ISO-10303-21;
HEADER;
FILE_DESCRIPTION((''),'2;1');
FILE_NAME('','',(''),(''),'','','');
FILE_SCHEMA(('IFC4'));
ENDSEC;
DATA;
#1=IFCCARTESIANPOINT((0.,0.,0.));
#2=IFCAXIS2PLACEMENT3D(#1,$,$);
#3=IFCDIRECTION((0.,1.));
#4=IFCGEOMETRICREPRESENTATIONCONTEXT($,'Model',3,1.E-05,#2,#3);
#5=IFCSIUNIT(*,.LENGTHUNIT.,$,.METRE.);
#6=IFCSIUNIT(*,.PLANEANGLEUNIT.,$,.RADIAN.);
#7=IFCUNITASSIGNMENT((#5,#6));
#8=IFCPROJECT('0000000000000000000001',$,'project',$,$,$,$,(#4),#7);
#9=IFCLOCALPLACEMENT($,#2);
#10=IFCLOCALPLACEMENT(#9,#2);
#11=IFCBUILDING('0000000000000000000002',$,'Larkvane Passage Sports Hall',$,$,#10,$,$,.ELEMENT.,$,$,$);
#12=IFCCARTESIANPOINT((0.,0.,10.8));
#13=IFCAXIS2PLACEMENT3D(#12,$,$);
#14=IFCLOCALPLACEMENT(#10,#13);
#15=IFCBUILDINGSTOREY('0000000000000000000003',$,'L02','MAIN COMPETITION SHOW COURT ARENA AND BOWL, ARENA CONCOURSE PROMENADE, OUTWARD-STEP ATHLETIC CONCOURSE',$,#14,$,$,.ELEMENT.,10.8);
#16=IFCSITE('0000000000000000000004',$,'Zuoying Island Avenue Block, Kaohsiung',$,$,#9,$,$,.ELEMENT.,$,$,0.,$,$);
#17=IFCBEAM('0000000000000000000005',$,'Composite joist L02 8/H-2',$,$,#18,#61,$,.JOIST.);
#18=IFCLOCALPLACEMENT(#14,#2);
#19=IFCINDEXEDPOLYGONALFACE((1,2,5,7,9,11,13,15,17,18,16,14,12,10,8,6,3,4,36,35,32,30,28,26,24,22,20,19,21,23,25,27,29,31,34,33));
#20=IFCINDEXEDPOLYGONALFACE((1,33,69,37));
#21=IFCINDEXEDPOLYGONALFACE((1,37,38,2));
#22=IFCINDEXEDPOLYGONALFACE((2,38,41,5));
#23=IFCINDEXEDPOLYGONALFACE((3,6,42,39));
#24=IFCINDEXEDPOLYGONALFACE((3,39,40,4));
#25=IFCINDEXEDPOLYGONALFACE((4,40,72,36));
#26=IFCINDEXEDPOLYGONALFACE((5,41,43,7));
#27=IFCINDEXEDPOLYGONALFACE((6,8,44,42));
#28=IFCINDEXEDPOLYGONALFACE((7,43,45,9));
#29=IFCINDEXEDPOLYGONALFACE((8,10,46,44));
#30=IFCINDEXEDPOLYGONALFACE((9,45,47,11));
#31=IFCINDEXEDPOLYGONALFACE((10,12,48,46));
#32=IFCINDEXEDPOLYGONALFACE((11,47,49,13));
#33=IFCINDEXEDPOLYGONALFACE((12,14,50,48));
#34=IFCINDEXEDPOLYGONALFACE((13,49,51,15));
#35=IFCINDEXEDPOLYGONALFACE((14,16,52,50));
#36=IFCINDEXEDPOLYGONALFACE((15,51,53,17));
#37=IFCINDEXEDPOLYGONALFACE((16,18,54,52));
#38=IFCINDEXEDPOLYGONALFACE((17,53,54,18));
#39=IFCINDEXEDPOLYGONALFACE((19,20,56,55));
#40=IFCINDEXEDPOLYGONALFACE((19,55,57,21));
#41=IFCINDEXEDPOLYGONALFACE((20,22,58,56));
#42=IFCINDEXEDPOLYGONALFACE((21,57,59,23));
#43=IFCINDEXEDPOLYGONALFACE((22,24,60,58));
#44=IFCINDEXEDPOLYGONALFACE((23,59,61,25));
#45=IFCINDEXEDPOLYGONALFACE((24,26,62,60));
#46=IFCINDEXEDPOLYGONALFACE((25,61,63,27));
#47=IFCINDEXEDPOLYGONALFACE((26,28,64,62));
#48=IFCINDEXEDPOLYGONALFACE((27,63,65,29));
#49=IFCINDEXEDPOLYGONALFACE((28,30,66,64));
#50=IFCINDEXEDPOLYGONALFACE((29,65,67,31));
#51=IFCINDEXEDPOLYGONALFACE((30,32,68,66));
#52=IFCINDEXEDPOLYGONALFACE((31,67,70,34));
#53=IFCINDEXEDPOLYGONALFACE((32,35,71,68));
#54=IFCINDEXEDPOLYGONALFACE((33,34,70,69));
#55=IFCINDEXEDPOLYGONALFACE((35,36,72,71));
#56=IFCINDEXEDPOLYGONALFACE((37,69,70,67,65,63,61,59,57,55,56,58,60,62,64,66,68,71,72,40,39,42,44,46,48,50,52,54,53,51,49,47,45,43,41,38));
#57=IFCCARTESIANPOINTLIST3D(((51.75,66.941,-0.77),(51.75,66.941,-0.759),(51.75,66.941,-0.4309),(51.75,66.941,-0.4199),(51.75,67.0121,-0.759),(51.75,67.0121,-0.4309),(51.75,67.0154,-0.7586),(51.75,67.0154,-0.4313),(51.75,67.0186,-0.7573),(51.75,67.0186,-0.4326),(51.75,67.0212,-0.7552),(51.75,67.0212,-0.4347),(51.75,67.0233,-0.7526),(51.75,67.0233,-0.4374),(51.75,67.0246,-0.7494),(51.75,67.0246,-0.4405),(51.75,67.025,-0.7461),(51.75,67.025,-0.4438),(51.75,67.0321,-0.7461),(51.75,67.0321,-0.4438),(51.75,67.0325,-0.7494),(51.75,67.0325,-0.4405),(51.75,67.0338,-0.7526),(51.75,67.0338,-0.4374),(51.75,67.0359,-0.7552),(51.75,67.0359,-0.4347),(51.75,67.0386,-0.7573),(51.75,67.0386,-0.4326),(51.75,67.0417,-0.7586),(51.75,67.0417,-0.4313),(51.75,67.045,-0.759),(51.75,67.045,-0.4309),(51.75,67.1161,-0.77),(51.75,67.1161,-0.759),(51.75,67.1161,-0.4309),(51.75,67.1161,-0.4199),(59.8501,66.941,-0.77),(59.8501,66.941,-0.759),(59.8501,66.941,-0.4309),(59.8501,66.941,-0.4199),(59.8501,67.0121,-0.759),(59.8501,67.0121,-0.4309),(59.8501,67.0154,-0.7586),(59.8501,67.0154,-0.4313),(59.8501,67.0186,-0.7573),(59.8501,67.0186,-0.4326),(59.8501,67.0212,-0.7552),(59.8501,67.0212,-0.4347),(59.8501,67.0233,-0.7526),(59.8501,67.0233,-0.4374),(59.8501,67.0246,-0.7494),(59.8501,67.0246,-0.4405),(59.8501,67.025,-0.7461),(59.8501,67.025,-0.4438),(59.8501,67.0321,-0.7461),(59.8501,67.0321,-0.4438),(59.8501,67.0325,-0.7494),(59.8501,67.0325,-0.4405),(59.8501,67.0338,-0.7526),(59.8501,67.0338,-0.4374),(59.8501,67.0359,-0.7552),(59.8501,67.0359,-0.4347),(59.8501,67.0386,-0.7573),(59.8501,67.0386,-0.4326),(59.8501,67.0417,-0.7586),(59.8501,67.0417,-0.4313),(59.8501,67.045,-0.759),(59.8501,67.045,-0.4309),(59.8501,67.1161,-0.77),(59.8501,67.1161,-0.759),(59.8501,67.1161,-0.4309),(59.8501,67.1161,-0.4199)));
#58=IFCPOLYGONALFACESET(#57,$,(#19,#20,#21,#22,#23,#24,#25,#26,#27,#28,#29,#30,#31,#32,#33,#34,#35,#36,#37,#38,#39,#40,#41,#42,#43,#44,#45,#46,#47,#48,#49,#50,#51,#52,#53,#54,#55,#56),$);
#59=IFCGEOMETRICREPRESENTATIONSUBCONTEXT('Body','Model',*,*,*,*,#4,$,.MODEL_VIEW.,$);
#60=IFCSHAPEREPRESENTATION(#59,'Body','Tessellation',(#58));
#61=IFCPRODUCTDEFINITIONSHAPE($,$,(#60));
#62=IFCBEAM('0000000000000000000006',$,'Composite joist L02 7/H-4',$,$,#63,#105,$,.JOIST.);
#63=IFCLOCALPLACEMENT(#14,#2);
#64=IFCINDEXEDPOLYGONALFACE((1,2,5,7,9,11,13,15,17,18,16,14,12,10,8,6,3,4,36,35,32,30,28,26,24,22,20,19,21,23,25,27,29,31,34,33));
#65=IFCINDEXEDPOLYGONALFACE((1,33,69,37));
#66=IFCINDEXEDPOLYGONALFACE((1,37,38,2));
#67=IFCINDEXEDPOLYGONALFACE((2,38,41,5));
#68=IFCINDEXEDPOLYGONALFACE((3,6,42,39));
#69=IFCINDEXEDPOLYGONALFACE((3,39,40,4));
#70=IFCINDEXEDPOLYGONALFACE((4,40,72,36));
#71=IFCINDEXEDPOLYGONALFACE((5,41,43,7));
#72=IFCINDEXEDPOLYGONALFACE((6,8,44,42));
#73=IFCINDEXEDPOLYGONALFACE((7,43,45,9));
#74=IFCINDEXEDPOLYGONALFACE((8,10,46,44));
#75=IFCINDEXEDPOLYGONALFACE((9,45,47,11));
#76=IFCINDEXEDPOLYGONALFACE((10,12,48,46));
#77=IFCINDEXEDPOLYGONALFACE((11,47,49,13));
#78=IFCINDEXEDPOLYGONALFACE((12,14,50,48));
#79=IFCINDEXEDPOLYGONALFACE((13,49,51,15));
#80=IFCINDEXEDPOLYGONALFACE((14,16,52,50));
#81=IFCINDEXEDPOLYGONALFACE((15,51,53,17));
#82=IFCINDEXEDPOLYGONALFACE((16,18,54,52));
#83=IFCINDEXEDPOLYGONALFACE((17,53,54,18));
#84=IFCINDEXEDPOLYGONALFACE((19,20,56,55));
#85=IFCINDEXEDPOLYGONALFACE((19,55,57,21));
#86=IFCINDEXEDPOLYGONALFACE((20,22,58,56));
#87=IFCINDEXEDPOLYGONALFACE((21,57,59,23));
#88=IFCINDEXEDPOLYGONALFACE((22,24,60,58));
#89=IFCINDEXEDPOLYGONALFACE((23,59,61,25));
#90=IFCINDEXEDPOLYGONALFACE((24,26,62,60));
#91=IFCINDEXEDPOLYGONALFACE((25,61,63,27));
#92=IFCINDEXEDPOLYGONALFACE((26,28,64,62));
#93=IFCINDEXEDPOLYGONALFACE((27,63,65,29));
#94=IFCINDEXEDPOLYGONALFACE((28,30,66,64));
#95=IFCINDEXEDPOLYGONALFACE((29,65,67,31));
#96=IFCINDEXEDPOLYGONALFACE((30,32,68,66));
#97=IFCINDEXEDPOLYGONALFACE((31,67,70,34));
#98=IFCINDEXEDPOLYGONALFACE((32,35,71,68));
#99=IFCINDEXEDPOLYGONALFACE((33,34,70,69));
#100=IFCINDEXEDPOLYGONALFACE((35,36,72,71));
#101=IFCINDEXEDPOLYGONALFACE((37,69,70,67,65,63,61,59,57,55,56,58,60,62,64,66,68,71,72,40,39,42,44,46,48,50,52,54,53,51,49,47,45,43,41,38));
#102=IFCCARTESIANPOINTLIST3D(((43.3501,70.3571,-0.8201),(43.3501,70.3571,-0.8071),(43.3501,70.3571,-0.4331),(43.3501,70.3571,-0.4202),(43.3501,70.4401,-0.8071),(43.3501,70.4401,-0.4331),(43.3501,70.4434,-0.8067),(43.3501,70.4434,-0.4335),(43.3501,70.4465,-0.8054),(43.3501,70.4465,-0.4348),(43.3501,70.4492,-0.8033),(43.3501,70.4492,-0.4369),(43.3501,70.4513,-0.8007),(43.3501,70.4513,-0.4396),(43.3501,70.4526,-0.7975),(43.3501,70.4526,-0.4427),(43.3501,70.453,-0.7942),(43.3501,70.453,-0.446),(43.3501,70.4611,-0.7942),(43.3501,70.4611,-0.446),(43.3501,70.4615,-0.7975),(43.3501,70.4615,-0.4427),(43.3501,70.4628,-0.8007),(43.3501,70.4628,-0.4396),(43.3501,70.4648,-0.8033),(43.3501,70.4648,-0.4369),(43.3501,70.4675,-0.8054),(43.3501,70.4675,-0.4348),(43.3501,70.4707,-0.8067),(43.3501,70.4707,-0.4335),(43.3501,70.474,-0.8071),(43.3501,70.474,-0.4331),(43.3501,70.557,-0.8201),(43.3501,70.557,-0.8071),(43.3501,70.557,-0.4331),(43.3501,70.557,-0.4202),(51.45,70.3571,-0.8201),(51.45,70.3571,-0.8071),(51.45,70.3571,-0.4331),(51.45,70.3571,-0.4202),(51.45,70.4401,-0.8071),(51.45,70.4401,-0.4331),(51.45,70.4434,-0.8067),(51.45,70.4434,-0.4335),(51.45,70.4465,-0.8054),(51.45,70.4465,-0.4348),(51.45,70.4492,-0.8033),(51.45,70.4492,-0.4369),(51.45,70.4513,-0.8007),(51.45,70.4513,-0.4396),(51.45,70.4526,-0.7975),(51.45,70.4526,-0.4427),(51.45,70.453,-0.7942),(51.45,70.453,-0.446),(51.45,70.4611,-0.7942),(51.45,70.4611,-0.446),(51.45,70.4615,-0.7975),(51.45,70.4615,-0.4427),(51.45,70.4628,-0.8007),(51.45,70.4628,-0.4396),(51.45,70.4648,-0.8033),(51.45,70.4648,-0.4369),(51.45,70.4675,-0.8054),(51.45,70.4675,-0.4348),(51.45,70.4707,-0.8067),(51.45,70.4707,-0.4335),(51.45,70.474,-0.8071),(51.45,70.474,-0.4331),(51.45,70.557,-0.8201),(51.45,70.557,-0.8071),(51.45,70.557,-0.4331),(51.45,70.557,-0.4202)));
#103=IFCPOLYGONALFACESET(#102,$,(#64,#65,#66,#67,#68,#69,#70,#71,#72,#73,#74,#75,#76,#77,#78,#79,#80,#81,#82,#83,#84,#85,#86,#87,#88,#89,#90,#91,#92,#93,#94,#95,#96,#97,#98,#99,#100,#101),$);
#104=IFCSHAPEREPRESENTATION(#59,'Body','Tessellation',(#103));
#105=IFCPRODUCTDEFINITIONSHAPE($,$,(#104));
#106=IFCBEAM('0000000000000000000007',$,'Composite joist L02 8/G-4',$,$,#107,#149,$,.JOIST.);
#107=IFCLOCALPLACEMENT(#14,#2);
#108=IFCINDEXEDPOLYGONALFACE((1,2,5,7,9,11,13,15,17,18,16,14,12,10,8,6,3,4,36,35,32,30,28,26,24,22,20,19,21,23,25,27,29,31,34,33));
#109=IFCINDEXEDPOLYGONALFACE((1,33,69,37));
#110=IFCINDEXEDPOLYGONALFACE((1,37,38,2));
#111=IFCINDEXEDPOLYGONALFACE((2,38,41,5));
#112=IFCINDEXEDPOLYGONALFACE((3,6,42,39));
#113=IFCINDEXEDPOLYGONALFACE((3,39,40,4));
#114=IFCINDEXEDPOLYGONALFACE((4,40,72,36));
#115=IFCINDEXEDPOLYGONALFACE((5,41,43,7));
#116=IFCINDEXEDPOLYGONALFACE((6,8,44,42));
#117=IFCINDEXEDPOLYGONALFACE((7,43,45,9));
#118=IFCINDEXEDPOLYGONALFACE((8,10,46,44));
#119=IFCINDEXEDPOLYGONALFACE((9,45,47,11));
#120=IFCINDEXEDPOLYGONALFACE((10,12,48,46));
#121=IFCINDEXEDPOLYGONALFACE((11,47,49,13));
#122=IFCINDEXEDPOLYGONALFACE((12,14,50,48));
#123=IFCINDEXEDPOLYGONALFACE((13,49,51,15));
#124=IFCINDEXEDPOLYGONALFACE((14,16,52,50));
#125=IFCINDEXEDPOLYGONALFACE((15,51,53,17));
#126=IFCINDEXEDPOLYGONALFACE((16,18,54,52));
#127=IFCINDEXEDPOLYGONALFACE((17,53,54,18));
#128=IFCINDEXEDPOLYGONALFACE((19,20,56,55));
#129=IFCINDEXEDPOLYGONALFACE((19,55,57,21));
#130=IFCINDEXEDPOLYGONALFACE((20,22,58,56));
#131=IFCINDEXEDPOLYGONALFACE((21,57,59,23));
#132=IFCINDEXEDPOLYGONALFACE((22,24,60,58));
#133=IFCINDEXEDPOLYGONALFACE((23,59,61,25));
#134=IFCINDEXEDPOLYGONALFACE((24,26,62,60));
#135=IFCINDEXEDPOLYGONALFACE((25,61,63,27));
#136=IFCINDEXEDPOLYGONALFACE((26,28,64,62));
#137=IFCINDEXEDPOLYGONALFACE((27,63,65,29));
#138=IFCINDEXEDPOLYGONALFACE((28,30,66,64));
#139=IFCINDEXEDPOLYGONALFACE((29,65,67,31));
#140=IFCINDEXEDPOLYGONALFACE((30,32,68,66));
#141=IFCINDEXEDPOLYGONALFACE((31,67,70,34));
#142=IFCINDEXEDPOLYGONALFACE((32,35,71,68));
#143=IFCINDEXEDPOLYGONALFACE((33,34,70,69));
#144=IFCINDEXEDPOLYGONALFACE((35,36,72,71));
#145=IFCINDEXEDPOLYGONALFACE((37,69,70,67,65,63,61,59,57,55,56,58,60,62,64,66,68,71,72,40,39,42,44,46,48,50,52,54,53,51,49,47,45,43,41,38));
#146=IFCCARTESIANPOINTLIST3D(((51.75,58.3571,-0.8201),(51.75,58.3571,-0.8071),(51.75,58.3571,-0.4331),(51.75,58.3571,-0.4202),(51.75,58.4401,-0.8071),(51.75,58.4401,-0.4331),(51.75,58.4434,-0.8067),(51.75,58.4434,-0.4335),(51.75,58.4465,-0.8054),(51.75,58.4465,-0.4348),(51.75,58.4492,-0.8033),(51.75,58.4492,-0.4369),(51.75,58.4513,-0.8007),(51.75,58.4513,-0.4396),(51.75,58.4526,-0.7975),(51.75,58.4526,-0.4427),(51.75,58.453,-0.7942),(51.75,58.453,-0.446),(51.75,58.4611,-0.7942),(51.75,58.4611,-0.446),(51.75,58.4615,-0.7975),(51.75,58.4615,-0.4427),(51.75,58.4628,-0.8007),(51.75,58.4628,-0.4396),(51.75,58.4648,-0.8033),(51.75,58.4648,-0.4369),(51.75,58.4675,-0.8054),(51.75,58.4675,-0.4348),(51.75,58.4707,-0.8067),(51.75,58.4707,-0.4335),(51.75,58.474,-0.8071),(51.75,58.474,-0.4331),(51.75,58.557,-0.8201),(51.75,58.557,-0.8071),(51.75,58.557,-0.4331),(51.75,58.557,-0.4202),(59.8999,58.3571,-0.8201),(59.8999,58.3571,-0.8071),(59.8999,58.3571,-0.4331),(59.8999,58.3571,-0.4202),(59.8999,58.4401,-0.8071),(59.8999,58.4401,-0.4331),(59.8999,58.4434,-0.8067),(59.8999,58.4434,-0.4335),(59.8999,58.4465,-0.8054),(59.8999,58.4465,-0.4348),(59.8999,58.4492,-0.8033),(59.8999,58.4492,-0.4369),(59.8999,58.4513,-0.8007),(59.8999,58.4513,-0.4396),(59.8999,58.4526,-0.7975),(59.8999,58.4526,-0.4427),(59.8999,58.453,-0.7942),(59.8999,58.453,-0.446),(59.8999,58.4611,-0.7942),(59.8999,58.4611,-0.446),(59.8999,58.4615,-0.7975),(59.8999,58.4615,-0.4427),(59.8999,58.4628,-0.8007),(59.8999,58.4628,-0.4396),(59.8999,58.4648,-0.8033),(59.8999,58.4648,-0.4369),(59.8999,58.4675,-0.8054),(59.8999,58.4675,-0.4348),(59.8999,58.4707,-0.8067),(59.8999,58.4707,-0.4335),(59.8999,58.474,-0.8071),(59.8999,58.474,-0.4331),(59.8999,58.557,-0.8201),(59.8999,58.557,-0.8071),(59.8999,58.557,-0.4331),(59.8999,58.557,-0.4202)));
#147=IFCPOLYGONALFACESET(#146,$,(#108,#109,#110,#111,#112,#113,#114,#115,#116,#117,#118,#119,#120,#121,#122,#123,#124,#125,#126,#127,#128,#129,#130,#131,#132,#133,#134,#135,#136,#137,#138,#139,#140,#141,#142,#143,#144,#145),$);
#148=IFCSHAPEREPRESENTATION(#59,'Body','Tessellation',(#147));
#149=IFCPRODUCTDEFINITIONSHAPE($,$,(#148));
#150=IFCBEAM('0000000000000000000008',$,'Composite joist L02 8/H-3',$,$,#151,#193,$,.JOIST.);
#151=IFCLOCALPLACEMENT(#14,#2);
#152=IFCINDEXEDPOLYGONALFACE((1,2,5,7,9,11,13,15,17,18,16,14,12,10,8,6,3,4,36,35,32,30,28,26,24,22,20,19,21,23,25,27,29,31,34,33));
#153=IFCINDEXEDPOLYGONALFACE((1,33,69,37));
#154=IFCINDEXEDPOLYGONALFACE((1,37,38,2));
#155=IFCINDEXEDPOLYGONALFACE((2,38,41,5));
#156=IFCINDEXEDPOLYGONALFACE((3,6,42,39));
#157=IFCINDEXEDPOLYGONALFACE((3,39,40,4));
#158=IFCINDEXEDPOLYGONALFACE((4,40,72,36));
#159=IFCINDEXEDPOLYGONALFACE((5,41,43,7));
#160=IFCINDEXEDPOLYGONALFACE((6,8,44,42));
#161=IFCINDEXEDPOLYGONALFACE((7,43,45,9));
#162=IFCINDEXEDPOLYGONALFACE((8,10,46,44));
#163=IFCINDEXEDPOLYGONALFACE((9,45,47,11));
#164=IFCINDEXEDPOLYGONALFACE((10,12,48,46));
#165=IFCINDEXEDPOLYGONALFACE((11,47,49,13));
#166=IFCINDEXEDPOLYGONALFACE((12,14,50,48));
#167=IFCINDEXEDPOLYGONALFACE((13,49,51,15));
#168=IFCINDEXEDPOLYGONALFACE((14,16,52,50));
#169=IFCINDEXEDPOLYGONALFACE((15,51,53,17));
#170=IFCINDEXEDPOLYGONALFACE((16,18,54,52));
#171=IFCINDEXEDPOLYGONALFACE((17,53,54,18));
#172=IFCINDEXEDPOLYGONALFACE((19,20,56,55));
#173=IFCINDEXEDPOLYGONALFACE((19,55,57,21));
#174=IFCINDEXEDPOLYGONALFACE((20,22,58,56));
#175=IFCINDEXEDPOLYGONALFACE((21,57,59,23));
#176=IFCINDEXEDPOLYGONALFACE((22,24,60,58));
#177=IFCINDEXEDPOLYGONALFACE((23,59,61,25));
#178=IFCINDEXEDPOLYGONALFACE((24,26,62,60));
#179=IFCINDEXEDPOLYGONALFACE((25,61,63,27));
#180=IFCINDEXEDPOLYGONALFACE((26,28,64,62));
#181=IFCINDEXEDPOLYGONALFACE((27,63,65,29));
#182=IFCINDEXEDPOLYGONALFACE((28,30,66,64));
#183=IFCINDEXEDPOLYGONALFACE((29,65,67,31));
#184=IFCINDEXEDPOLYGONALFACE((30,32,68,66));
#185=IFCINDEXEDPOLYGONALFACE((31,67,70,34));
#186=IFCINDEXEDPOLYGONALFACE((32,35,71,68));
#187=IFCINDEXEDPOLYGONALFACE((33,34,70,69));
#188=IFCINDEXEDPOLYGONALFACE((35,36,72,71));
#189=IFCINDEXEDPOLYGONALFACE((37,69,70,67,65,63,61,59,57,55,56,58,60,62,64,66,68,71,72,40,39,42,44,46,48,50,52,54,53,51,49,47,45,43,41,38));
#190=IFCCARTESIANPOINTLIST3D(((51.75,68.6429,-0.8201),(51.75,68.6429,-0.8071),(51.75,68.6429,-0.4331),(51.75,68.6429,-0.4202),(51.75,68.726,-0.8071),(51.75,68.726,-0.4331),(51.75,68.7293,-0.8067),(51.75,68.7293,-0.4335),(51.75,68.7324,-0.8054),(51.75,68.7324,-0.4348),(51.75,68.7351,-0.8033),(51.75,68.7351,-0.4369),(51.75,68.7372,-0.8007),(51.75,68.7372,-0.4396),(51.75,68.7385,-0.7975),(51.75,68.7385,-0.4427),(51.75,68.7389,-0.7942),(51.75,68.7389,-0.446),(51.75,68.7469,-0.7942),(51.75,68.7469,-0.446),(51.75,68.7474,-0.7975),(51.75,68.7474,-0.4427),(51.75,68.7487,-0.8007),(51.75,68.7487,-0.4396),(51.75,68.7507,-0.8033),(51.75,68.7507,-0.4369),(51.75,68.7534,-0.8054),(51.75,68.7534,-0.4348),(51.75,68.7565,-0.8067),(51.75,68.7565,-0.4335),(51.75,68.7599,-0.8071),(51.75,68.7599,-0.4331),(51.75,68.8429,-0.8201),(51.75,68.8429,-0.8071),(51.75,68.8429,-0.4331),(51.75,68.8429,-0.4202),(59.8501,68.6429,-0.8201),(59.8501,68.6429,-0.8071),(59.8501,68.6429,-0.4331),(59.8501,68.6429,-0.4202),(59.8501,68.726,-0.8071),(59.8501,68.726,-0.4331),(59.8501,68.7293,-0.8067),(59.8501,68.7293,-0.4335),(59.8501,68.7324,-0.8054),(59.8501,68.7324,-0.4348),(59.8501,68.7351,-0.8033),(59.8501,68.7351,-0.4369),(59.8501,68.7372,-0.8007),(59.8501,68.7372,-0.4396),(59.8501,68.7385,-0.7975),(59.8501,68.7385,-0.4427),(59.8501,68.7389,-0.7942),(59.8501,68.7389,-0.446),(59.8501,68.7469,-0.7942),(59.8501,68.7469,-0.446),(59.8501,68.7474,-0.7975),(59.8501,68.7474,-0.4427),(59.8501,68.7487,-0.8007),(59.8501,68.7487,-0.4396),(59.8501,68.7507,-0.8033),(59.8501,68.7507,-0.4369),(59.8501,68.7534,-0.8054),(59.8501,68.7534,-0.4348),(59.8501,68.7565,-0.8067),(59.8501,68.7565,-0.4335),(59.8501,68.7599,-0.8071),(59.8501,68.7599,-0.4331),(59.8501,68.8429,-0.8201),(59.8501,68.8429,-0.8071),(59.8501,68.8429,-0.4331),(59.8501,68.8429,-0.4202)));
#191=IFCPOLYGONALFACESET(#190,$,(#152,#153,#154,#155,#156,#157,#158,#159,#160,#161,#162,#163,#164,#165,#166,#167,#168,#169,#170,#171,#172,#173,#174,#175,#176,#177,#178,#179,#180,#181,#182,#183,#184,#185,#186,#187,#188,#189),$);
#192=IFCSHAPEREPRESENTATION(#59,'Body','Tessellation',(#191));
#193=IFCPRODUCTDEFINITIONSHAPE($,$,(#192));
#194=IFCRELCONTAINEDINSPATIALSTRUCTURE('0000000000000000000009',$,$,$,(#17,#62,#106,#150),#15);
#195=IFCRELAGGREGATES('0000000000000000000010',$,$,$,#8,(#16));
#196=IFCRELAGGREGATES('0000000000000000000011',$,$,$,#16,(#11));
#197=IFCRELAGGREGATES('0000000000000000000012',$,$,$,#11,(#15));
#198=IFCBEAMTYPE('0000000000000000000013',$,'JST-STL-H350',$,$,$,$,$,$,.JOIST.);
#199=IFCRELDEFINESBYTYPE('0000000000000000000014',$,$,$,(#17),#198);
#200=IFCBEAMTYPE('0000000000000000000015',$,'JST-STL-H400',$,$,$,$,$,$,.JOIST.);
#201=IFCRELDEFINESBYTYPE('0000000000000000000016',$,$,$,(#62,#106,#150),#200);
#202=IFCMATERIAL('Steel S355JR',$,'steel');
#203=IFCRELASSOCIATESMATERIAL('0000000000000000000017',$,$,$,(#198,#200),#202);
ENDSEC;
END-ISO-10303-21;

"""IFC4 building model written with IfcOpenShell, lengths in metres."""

from ifc_helpers import new_model, si_unit, direction, frame, origin, origin_2d, place, context, subcontext, project, spatial, i_section, extrude, material, material_profile, profile_set, type_object, element, save


model = new_model("IFC4")

# Units and contexts
model_context = context("Model", 3, precision=1e-05, world=origin(), true_north=direction((0.0, 1.0)))
body_context = subcontext(model_context, "Body", "Model", "MODEL_VIEW")
ifc_project = project(units=[si_unit("LENGTHUNIT", "METRE"), si_unit("PLANEANGLEUNIT", "RADIAN")], contexts=[model_context])

# Site, building, storey
site_placement = place(None, origin())
site = spatial("IfcSite", under=ifc_project, at=site_placement, Name="Zuoying Island Avenue Block, Kaohsiung", CompositionType="ELEMENT", RefElevation=0.0)
building_placement = place(site_placement, origin())
building = spatial("IfcBuilding", under=site, at=building_placement, Name="Larkvane Passage Sports Hall", CompositionType="ELEMENT")
storey_placement = place(building_placement, frame((0.0, 0.0, 10.8)))
storey = spatial("IfcBuildingStorey", under=building, at=storey_placement, Name="L02", Description="MAIN COMPETITION SHOW COURT ARENA AND BOWL, ARENA CONCOURSE PROMENADE, OUTWARD-STEP ATHLETIC CONCOURSE", CompositionType="ELEMENT", Elevation=10.8)

# Beams
ifc_material_1 = material(Name="Steel S355JR", Category="steel")
ifc_material_profile_1 = material_profile(ifc_material_1, i_section(OverallWidth=0.175, OverallDepth=0.3501, WebThickness=0.0071, FlangeThickness=0.011, FilletRadius=0.0129, at=origin_2d()), Name="H-350x175x7x11")
ifc_profile_set_1 = profile_set([ifc_material_profile_1], Name="Steel S355JR")
beam_type_1 = type_object("IfcBeamType", Name="JST-STL-H350", PredefinedType="JOIST", material=ifc_profile_set_1)
beam_1_placement = place(storey_placement, frame((51.75, 67.0286, -0.595), z_axis=(1.0, 0.0, 0.0), x_axis=(0.0, 1.0, 0.0)))
element("IfcBeam", 1, at=beam_1_placement, inside=storey, type_object=beam_type_1, Name="Composite joist L02 8/H-2", PredefinedType="JOIST", context=body_context, shape_type="SweptSolid", body=[
    extrude(i_section(OverallWidth=0.175, OverallDepth=0.3501, WebThickness=0.0071, FlangeThickness=0.011, FilletRadius=0.0129, at=origin_2d()), origin(), (0.0, 0.0, 1.0), 8.1001),
])
ifc_material_profile_2 = material_profile(ifc_material_1, i_section(OverallWidth=0.2, OverallDepth=0.3999, WebThickness=0.0081, FlangeThickness=0.0129, FilletRadius=0.0129, at=origin_2d()), Name="H-400x200x8x13")
ifc_profile_set_2 = profile_set([ifc_material_profile_2], Name="Steel S355JR")
beam_type_2 = type_object("IfcBeamType", Name="JST-STL-H400", PredefinedType="JOIST", material=ifc_profile_set_2)
beam_2_placement = place(storey_placement, frame((43.3501, 70.457, -0.6201), z_axis=(1.0, 0.0, 0.0), x_axis=(0.0, 1.0, 0.0)))
element("IfcBeam", 2, at=beam_2_placement, inside=storey, type_object=beam_type_2, Name="Composite joist L02 7/H-4", PredefinedType="JOIST", context=body_context, shape_type="SweptSolid", body=[
    extrude(i_section(OverallWidth=0.2, OverallDepth=0.3999, WebThickness=0.0081, FlangeThickness=0.0129, FilletRadius=0.0129, at=origin_2d()), origin(), (0.0, 0.0, 1.0), 8.0999),
])
beam_3_placement = place(storey_placement, frame((51.75, 58.457, -0.6201), z_axis=(1.0, 0.0, 0.0), x_axis=(0.0, 1.0, 0.0)))
element("IfcBeam", 3, at=beam_3_placement, inside=storey, type_object=beam_type_2, Name="Composite joist L02 8/G-4", PredefinedType="JOIST", context=body_context, shape_type="SweptSolid", body=[
    extrude(i_section(OverallWidth=0.2, OverallDepth=0.3999, WebThickness=0.0081, FlangeThickness=0.0129, FilletRadius=0.0129, at=origin_2d()), origin(), (0.0, 0.0, 1.0), 8.1499),
])
beam_4_placement = place(storey_placement, frame((51.75, 68.7429, -0.6201), z_axis=(1.0, 0.0, 0.0), x_axis=(0.0, 1.0, 0.0)))
element("IfcBeam", 4, at=beam_4_placement, inside=storey, type_object=beam_type_2, Name="Composite joist L02 8/H-3", PredefinedType="JOIST", context=body_context, shape_type="SweptSolid", body=[
    extrude(i_section(OverallWidth=0.2, OverallDepth=0.3999, WebThickness=0.0081, FlangeThickness=0.0129, FilletRadius=0.0129, at=origin_2d()), origin(), (0.0, 0.0, 1.0), 8.1001),
])

save(model, "model.ifc")
